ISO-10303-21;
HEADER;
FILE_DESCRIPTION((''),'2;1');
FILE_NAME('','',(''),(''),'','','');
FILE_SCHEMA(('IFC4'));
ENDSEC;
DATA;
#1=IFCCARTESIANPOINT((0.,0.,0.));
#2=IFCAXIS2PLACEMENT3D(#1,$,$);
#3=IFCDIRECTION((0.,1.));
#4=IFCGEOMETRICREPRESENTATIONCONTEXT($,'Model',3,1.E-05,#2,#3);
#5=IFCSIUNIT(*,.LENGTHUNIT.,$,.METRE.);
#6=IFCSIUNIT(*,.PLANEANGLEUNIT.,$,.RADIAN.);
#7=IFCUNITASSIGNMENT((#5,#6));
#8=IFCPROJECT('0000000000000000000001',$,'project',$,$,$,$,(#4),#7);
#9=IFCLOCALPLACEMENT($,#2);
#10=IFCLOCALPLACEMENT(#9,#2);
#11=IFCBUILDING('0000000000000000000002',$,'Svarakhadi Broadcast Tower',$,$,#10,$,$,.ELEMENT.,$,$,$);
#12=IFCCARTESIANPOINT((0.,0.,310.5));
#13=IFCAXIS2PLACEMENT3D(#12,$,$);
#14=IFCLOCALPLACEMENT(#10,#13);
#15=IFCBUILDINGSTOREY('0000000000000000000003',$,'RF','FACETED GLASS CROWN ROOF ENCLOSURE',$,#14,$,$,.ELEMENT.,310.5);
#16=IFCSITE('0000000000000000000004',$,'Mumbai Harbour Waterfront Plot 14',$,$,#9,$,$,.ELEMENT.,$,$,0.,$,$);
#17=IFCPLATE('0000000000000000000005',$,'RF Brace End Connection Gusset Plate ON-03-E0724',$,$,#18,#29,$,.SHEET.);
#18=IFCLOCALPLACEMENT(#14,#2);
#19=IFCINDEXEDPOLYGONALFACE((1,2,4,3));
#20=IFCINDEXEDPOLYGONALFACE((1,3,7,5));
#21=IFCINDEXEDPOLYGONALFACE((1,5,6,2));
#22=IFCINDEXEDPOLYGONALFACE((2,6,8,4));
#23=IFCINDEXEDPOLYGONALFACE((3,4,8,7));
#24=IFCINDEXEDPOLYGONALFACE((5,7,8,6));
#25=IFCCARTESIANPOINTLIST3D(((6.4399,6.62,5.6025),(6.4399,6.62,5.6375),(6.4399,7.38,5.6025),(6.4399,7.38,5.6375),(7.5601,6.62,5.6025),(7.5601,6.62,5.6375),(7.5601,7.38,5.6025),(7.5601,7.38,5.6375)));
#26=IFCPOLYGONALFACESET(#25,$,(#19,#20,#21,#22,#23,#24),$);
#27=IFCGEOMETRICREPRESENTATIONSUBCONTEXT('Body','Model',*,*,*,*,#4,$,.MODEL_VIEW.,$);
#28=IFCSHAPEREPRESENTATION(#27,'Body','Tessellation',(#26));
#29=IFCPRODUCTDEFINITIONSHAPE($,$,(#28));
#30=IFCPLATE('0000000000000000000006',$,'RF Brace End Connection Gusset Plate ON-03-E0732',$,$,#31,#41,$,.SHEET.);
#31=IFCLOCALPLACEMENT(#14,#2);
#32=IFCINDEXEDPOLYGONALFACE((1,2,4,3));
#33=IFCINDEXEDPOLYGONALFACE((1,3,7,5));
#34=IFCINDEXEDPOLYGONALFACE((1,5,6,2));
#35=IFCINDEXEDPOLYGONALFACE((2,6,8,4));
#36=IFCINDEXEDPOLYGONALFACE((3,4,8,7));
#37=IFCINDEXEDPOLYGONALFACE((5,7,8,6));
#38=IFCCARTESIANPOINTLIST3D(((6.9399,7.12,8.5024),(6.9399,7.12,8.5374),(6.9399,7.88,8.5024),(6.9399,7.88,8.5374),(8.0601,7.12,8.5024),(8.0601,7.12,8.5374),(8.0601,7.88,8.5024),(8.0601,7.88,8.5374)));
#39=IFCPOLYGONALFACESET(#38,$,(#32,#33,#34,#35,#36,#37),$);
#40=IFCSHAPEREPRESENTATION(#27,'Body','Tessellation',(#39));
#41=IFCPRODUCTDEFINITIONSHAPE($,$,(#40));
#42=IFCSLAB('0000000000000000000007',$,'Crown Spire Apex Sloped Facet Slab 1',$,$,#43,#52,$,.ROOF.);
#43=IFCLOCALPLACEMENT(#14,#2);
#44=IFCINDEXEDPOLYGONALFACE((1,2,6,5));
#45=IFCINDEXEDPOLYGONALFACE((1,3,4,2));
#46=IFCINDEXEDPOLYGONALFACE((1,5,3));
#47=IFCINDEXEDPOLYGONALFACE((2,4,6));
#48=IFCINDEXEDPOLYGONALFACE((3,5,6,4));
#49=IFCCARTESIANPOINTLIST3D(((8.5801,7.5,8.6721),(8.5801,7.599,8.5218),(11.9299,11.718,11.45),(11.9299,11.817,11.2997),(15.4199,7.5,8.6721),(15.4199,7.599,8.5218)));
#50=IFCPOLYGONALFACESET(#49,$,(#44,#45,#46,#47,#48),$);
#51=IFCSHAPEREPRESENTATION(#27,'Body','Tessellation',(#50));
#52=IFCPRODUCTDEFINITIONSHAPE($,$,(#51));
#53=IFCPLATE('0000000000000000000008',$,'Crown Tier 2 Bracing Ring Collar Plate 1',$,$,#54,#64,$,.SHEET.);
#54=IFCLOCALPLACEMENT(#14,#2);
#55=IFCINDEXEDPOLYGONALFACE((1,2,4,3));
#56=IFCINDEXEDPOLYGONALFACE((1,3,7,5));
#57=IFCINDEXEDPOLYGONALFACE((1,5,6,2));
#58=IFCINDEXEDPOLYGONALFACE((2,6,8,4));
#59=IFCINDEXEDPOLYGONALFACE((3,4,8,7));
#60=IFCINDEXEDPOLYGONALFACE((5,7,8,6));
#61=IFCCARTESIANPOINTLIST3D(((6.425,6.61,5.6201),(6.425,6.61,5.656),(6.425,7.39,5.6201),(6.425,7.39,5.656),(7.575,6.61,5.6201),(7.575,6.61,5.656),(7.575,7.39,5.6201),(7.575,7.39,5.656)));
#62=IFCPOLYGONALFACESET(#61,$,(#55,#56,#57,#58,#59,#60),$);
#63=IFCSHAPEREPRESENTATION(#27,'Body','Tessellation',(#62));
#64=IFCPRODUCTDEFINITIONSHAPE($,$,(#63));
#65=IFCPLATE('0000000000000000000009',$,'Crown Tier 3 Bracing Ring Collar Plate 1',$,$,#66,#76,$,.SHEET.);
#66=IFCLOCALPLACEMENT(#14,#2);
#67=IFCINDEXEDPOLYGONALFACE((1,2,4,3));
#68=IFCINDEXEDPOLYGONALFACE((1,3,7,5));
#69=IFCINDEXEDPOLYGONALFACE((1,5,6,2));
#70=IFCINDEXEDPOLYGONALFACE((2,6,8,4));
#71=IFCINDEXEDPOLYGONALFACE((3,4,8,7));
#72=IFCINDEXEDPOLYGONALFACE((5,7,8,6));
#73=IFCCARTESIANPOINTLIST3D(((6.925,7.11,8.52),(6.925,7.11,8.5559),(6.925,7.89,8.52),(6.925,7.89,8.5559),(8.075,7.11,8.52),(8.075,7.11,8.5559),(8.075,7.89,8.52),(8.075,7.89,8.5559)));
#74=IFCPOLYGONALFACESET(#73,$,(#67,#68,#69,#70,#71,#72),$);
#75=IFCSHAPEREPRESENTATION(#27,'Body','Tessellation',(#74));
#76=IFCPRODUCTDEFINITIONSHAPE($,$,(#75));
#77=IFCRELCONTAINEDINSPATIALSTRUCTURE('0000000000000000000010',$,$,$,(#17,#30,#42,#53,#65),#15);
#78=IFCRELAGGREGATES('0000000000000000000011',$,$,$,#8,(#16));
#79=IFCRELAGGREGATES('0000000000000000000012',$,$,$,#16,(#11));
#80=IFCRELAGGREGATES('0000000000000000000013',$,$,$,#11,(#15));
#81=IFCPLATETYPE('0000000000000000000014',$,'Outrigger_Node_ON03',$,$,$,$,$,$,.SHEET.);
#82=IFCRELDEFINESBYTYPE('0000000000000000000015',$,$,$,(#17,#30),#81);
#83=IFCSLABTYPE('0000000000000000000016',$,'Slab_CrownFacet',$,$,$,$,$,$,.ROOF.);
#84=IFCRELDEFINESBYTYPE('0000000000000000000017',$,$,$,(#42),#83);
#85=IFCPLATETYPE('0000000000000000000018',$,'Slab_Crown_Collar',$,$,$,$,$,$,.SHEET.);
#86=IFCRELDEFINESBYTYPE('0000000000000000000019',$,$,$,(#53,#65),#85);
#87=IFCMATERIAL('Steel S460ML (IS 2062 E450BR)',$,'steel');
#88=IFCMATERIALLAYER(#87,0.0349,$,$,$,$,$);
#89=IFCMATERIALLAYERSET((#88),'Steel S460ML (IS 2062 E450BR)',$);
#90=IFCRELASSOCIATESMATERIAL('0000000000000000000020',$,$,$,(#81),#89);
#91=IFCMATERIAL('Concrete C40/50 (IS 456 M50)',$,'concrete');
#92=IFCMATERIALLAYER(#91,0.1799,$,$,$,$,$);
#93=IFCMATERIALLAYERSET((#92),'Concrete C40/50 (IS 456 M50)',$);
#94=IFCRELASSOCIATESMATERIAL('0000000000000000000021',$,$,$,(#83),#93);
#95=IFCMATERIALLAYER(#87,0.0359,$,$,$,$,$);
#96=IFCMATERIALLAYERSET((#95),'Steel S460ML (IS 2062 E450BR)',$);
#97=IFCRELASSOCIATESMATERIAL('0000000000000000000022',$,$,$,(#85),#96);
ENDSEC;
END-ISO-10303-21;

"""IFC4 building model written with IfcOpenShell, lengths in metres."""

from ifc_helpers import new_model, si_unit, direction, frame, origin, origin_2d, place, context, subcontext, project, spatial, polyline, rectangle, outline, extrude, material, layer, layer_set, type_object, element, save


model = new_model("IFC4")

# Units and contexts
model_context = context("Model", 3, precision=1e-05, world=origin(), true_north=direction((0.0, 1.0)))
body_context = subcontext(model_context, "Body", "Model", "MODEL_VIEW")
ifc_project = project(units=[si_unit("LENGTHUNIT", "METRE"), si_unit("PLANEANGLEUNIT", "RADIAN")], contexts=[model_context])

# Site, building, storey
site_placement = place(None, origin())
site = spatial("IfcSite", under=ifc_project, at=site_placement, Name="Mumbai Harbour Waterfront Plot 14", CompositionType="ELEMENT", RefElevation=0.0)
building_placement = place(site_placement, origin())
building = spatial("IfcBuilding", under=site, at=building_placement, Name="Svarakhadi Broadcast Tower", CompositionType="ELEMENT")
storey_placement = place(building_placement, frame((0.0, 0.0, 310.5)))
storey = spatial("IfcBuildingStorey", under=building, at=storey_placement, Name="RF", Description="FACETED GLASS CROWN ROOF ENCLOSURE", CompositionType="ELEMENT", Elevation=310.5)

# Shared definitions
ifc_material_1 = material(Name="Steel S460ML (IS 2062 E450BR)", Category="steel")

# Plates
ifc_layer_1 = layer(ifc_material_1, 0.0349)
ifc_layer_set_1 = layer_set([ifc_layer_1], Name="Steel S460ML (IS 2062 E450BR)")
plate_type_1 = type_object("IfcPlateType", Name="Outrigger_Node_ON03", PredefinedType="SHEET", material=ifc_layer_set_1)
for number, where, z_axis, x_axis, name in (
    (1, (7.0, 7.0, 5.6025), (0.0, 0.0, 1.0), (1.0, 0.0, 0.0), "RF Brace End Connection Gusset Plate ON-03-E0724"),
    (2, (7.5, 7.5, 8.5024), (0.0, 0.0, 1.0), (1.0, 0.0, 0.0), "RF Brace End Connection Gusset Plate ON-03-E0732"),
):
    element("IfcPlate", number, at=place(storey_placement, frame(where, z_axis=z_axis, x_axis=x_axis)), inside=storey, type_object=plate_type_1, Name=name, PredefinedType="SHEET", context=body_context, shape_type="SweptSolid", body=[
        extrude(rectangle(XDim=1.1201, YDim=0.76, at=origin_2d()), origin(), (0.0, 0.0, 1.0), 0.0349),
    ])

# Slab
ifc_material_2 = material(Name="Concrete C40/50 (IS 456 M50)", Category="concrete")
ifc_layer_2 = layer(ifc_material_2, 0.1799)
ifc_layer_set_2 = layer_set([ifc_layer_2], Name="Concrete C40/50 (IS 456 M50)")
slab_type = type_object("IfcSlabType", Name="Slab_CrownFacet", PredefinedType="ROOF", material=ifc_layer_set_2)
slab_placement = place(storey_placement, frame((8.5801, 7.5, 8.6721), z_axis=(0.0, -0.550006, 0.835161), x_axis=(1.0, 0.0, 0.0)))
element("IfcSlab", 3, at=slab_placement, inside=storey, type_object=slab_type, Name="Crown Spire Apex Sloped Facet Slab 1", PredefinedType="ROOF", context=body_context, shape_type="SweptSolid", body=[
    extrude(outline(polyline([(0.0, 0.0), (6.8398, 0.0), (3.3499, 5.0505), (0.0, 0.0)])), origin(), (0.0, 0.0, -1.0), 0.1799),
])

# Plates
ifc_layer_3 = layer(ifc_material_1, 0.0359)
ifc_layer_set_3 = layer_set([ifc_layer_3], Name="Steel S460ML (IS 2062 E450BR)")
plate_type_2 = type_object("IfcPlateType", Name="Slab_Crown_Collar", PredefinedType="SHEET", material=ifc_layer_set_3)
for number, where, z_axis, x_axis, name in (
    (4, (7.0, 7.0, 5.6201), (0.0, 0.0, 1.0), (1.0, 0.0, 0.0), "Crown Tier 2 Bracing Ring Collar Plate 1"),
    (5, (7.5, 7.5, 8.52), (0.0, 0.0, 1.0), (1.0, 0.0, 0.0), "Crown Tier 3 Bracing Ring Collar Plate 1"),
):
    element("IfcPlate", number, at=place(storey_placement, frame(where, z_axis=z_axis, x_axis=x_axis)), inside=storey, type_object=plate_type_2, Name=name, PredefinedType="SHEET", context=body_context, shape_type="SweptSolid", body=[
        extrude(rectangle(XDim=1.1499, YDim=0.78, at=origin_2d()), origin(), (0.0, 0.0, 1.0), 0.0359),
    ])

save(model, "model.ifc")
